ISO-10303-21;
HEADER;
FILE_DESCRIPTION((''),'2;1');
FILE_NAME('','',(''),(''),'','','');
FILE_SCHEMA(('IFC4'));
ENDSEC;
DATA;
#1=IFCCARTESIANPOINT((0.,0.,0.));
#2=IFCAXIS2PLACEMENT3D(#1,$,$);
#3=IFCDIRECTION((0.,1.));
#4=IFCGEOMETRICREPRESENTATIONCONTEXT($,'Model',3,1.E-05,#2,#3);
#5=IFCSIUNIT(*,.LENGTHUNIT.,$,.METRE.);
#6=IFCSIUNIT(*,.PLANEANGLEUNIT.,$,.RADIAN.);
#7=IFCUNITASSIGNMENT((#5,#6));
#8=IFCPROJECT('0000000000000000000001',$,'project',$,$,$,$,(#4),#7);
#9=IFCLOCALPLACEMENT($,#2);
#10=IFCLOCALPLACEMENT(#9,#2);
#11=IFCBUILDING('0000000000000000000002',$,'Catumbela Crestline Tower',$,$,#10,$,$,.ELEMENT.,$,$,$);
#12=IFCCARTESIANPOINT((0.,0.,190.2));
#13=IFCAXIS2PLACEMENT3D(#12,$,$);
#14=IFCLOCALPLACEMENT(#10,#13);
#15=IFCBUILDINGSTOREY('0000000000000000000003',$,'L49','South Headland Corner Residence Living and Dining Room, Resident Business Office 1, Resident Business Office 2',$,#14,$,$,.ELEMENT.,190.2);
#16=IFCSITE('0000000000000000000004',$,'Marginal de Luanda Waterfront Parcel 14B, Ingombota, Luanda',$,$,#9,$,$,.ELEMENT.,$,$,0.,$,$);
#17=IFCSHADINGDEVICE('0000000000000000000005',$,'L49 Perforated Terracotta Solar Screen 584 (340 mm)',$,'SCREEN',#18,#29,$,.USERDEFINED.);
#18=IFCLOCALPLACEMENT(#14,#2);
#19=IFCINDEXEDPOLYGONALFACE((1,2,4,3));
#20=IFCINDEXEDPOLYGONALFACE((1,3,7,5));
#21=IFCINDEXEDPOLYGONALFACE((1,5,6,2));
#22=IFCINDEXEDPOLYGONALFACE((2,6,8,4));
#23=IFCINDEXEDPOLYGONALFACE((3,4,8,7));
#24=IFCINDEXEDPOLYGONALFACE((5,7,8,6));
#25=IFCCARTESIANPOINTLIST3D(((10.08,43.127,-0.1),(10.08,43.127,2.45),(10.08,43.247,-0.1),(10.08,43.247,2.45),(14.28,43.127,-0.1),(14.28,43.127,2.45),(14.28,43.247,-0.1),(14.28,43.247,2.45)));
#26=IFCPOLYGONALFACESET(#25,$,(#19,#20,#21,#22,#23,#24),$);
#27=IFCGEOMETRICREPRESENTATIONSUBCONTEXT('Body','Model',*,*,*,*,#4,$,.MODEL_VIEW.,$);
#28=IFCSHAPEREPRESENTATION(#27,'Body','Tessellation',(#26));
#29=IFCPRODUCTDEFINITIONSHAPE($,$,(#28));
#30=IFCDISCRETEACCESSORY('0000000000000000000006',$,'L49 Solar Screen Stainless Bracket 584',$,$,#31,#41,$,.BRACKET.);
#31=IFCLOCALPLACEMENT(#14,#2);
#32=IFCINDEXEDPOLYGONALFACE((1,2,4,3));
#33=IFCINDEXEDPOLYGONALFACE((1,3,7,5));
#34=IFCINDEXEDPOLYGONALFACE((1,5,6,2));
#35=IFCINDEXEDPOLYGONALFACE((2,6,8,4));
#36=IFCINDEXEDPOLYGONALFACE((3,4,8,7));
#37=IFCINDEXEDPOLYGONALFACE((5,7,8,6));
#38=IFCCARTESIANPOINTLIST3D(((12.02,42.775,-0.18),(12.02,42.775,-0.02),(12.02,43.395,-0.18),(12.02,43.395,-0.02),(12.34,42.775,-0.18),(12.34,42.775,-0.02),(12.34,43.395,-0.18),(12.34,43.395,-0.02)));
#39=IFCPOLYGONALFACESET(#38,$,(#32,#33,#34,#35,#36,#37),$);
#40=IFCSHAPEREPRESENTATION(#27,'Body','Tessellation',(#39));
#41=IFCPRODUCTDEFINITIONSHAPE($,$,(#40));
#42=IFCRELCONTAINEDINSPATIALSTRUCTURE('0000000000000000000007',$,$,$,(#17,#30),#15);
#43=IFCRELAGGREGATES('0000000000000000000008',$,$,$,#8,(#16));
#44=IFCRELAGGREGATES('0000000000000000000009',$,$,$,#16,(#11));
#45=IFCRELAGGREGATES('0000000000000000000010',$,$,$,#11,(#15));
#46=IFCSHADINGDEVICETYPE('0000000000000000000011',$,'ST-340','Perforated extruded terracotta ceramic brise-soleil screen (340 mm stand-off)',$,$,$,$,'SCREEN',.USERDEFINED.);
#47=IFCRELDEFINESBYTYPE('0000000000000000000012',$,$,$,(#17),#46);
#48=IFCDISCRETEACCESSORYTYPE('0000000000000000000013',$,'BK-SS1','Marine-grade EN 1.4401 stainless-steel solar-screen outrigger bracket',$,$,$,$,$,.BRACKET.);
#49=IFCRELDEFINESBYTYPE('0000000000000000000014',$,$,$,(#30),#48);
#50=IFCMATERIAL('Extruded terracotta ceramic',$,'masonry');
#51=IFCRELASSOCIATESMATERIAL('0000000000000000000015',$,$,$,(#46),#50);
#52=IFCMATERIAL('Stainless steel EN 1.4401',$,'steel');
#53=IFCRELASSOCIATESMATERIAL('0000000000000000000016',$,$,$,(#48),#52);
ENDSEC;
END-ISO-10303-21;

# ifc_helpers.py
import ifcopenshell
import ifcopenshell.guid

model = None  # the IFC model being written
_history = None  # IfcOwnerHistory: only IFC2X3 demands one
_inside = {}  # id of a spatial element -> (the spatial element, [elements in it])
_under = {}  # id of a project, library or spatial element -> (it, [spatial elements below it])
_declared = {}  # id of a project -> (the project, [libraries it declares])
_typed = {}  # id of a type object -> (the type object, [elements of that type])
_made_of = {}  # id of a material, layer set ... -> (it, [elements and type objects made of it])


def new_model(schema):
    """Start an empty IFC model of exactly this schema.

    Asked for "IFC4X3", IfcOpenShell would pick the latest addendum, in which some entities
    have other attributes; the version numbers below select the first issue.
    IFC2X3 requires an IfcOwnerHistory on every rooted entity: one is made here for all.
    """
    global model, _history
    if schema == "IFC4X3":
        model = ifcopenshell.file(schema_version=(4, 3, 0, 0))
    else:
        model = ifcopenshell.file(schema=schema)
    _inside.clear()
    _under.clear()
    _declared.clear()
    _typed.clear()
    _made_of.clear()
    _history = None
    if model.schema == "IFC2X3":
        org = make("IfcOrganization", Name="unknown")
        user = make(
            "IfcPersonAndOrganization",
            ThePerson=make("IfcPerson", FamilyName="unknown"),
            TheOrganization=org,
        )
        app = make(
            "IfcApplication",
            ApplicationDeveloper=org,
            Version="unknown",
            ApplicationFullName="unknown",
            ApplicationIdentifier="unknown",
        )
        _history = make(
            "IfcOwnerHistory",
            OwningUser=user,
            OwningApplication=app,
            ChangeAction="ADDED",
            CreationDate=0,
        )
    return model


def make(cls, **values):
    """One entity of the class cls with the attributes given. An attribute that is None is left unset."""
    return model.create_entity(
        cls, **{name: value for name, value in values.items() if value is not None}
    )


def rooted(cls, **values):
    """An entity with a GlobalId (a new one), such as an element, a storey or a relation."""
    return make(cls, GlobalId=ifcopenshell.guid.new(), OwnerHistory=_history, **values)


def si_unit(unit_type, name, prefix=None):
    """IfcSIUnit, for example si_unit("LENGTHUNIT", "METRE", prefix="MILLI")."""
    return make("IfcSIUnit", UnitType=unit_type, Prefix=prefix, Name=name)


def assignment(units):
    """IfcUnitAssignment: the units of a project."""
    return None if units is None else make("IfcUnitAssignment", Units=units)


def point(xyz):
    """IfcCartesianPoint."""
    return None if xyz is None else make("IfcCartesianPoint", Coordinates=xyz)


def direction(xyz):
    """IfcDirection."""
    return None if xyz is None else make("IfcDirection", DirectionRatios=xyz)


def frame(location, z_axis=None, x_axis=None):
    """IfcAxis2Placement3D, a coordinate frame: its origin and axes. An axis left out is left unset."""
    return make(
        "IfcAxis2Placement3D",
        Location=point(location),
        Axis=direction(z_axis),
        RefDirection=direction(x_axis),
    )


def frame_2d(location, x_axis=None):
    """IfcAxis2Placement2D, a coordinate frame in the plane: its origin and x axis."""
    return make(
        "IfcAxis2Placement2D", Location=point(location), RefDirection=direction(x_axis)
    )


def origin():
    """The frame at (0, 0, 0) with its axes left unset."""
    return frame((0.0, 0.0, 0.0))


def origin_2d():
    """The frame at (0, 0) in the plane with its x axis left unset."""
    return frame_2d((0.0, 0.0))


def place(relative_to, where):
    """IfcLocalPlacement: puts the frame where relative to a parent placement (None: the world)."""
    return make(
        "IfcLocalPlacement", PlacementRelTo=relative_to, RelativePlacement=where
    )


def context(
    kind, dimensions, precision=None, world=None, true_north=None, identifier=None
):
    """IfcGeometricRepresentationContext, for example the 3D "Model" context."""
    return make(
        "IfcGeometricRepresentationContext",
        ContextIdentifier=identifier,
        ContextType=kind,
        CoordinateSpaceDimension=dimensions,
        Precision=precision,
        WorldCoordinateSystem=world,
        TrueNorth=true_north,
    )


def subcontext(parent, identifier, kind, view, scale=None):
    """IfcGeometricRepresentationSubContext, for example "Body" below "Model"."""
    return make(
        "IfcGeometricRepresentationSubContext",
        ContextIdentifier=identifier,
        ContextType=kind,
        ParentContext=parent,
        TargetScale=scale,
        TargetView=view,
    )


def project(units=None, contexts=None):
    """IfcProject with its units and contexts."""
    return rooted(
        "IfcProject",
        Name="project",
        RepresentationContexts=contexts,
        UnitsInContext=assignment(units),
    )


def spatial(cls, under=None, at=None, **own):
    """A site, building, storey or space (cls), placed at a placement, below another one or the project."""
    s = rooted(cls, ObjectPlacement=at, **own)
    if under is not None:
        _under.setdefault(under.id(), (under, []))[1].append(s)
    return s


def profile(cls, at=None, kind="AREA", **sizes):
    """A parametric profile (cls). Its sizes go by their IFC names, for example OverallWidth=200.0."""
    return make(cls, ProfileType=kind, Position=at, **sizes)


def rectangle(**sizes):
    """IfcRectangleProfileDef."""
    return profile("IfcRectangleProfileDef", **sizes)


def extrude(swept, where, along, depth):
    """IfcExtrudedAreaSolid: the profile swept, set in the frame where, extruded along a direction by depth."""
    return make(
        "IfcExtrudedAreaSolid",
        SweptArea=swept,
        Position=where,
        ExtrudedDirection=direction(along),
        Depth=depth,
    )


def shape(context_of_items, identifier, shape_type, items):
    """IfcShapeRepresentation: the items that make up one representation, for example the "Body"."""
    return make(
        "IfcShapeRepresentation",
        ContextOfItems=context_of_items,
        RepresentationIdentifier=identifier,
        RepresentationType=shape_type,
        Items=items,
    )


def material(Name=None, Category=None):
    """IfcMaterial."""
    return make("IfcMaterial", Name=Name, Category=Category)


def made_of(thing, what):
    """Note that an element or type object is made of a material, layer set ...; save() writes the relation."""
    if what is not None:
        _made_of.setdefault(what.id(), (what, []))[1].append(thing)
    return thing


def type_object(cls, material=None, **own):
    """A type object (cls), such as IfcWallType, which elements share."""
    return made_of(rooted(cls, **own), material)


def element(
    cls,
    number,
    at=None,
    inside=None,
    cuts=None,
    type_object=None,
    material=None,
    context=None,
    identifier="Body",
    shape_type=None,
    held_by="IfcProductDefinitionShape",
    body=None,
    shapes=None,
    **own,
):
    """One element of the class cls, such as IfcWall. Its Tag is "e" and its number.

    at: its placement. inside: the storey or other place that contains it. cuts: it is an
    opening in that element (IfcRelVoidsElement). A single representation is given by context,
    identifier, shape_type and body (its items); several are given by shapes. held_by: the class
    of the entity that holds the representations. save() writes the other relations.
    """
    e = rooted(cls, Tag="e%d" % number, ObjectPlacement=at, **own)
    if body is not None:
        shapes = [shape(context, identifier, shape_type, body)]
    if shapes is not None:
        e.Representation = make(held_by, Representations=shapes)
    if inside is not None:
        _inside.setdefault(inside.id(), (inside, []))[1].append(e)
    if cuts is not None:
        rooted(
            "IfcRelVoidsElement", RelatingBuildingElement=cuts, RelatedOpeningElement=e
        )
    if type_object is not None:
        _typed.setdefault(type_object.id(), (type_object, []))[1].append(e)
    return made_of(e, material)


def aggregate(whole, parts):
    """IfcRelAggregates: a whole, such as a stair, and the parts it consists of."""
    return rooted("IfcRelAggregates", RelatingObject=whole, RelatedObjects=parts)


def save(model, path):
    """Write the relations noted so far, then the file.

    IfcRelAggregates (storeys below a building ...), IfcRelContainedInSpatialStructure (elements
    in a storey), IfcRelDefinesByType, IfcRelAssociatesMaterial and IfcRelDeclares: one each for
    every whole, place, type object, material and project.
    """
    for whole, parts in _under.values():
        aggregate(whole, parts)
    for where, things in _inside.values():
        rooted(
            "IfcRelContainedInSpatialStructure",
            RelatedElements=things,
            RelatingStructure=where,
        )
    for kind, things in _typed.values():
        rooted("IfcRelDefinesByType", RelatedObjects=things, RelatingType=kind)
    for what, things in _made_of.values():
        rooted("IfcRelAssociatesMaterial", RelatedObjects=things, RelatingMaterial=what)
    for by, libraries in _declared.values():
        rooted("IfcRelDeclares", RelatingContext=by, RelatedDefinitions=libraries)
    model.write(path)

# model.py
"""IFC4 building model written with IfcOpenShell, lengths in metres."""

from ifc_helpers import new_model, si_unit, direction, frame, origin, origin_2d, place, context, subcontext, project, spatial, rectangle, extrude, material, type_object, element, save


model = new_model("IFC4")

# Units and contexts
model_context = context("Model", 3, precision=1e-05, world=origin(), true_north=direction((0.0, 1.0)))
body_context = subcontext(model_context, "Body", "Model", "MODEL_VIEW")
ifc_project = project(units=[si_unit("LENGTHUNIT", "METRE"), si_unit("PLANEANGLEUNIT", "RADIAN")], contexts=[model_context])

# Site, building, storey
site_placement = place(None, origin())
site = spatial("IfcSite", under=ifc_project, at=site_placement, Name="Marginal de Luanda Waterfront Parcel 14B, Ingombota, Luanda", CompositionType="ELEMENT", RefElevation=0.0)
building_placement = place(site_placement, origin())
building = spatial("IfcBuilding", under=site, at=building_placement, Name="Catumbela Crestline Tower", CompositionType="ELEMENT")
storey_placement = place(building_placement, frame((0.0, 0.0, 190.2)))
storey = spatial("IfcBuildingStorey", under=building, at=storey_placement, Name="L49", Description="South Headland Corner Residence Living and Dining Room, Resident Business Office 1, Resident Business Office 2", CompositionType="ELEMENT", Elevation=190.2)

# Shared definitions
ifc_material_1 = material(Name="Stainless steel EN 1.4401", Category="steel")

# Shading device
ifc_material_2 = material(Name="Extruded terracotta ceramic", Category="masonry")
shading_device_type_1 = type_object("IfcShadingDeviceType", Name="ST-340", Description="Perforated extruded terracotta ceramic brise-soleil screen (340 mm stand-off)", ElementType="SCREEN", PredefinedType="USERDEFINED", material=ifc_material_2)
shading_device_1_placement = place(storey_placement, frame((12.18, 43.187, -0.1), z_axis=(0.0, 0.0, 1.0), x_axis=(-1.0, 0.0, 0.0)))
element("IfcShadingDevice", 1, at=shading_device_1_placement, inside=storey, type_object=shading_device_type_1, Name="L49 Perforated Terracotta Solar Screen 584 (340 mm)", ObjectType="SCREEN", PredefinedType="USERDEFINED", context=body_context, shape_type="SweptSolid", body=[
    extrude(rectangle(XDim=4.2, YDim=0.12, at=origin_2d()), origin(), (0.0, 0.0, 1.0), 2.55),
])

# Discrete accessory
discrete_accessory_type = type_object("IfcDiscreteAccessoryType", Name="BK-SS1", Description="Marine-grade EN 1.4401 stainless-steel solar-screen outrigger bracket", PredefinedType="BRACKET", material=ifc_material_1)
discrete_accessory_placement = place(storey_placement, frame((12.18, 43.085, -0.18), z_axis=(0.0, 0.0, 1.0), x_axis=(-1.0, 0.0, 0.0)))
element("IfcDiscreteAccessory", 2, at=discrete_accessory_placement, inside=storey, type_object=discrete_accessory_type, Name="L49 Solar Screen Stainless Bracket 584", PredefinedType="BRACKET", context=body_context, shape_type="SweptSolid", body=[
    extrude(rectangle(XDim=0.32, YDim=0.62, at=origin_2d()), origin(), (0.0, 0.0, 1.0), 0.16),
])

save(model, "model.ifc")
